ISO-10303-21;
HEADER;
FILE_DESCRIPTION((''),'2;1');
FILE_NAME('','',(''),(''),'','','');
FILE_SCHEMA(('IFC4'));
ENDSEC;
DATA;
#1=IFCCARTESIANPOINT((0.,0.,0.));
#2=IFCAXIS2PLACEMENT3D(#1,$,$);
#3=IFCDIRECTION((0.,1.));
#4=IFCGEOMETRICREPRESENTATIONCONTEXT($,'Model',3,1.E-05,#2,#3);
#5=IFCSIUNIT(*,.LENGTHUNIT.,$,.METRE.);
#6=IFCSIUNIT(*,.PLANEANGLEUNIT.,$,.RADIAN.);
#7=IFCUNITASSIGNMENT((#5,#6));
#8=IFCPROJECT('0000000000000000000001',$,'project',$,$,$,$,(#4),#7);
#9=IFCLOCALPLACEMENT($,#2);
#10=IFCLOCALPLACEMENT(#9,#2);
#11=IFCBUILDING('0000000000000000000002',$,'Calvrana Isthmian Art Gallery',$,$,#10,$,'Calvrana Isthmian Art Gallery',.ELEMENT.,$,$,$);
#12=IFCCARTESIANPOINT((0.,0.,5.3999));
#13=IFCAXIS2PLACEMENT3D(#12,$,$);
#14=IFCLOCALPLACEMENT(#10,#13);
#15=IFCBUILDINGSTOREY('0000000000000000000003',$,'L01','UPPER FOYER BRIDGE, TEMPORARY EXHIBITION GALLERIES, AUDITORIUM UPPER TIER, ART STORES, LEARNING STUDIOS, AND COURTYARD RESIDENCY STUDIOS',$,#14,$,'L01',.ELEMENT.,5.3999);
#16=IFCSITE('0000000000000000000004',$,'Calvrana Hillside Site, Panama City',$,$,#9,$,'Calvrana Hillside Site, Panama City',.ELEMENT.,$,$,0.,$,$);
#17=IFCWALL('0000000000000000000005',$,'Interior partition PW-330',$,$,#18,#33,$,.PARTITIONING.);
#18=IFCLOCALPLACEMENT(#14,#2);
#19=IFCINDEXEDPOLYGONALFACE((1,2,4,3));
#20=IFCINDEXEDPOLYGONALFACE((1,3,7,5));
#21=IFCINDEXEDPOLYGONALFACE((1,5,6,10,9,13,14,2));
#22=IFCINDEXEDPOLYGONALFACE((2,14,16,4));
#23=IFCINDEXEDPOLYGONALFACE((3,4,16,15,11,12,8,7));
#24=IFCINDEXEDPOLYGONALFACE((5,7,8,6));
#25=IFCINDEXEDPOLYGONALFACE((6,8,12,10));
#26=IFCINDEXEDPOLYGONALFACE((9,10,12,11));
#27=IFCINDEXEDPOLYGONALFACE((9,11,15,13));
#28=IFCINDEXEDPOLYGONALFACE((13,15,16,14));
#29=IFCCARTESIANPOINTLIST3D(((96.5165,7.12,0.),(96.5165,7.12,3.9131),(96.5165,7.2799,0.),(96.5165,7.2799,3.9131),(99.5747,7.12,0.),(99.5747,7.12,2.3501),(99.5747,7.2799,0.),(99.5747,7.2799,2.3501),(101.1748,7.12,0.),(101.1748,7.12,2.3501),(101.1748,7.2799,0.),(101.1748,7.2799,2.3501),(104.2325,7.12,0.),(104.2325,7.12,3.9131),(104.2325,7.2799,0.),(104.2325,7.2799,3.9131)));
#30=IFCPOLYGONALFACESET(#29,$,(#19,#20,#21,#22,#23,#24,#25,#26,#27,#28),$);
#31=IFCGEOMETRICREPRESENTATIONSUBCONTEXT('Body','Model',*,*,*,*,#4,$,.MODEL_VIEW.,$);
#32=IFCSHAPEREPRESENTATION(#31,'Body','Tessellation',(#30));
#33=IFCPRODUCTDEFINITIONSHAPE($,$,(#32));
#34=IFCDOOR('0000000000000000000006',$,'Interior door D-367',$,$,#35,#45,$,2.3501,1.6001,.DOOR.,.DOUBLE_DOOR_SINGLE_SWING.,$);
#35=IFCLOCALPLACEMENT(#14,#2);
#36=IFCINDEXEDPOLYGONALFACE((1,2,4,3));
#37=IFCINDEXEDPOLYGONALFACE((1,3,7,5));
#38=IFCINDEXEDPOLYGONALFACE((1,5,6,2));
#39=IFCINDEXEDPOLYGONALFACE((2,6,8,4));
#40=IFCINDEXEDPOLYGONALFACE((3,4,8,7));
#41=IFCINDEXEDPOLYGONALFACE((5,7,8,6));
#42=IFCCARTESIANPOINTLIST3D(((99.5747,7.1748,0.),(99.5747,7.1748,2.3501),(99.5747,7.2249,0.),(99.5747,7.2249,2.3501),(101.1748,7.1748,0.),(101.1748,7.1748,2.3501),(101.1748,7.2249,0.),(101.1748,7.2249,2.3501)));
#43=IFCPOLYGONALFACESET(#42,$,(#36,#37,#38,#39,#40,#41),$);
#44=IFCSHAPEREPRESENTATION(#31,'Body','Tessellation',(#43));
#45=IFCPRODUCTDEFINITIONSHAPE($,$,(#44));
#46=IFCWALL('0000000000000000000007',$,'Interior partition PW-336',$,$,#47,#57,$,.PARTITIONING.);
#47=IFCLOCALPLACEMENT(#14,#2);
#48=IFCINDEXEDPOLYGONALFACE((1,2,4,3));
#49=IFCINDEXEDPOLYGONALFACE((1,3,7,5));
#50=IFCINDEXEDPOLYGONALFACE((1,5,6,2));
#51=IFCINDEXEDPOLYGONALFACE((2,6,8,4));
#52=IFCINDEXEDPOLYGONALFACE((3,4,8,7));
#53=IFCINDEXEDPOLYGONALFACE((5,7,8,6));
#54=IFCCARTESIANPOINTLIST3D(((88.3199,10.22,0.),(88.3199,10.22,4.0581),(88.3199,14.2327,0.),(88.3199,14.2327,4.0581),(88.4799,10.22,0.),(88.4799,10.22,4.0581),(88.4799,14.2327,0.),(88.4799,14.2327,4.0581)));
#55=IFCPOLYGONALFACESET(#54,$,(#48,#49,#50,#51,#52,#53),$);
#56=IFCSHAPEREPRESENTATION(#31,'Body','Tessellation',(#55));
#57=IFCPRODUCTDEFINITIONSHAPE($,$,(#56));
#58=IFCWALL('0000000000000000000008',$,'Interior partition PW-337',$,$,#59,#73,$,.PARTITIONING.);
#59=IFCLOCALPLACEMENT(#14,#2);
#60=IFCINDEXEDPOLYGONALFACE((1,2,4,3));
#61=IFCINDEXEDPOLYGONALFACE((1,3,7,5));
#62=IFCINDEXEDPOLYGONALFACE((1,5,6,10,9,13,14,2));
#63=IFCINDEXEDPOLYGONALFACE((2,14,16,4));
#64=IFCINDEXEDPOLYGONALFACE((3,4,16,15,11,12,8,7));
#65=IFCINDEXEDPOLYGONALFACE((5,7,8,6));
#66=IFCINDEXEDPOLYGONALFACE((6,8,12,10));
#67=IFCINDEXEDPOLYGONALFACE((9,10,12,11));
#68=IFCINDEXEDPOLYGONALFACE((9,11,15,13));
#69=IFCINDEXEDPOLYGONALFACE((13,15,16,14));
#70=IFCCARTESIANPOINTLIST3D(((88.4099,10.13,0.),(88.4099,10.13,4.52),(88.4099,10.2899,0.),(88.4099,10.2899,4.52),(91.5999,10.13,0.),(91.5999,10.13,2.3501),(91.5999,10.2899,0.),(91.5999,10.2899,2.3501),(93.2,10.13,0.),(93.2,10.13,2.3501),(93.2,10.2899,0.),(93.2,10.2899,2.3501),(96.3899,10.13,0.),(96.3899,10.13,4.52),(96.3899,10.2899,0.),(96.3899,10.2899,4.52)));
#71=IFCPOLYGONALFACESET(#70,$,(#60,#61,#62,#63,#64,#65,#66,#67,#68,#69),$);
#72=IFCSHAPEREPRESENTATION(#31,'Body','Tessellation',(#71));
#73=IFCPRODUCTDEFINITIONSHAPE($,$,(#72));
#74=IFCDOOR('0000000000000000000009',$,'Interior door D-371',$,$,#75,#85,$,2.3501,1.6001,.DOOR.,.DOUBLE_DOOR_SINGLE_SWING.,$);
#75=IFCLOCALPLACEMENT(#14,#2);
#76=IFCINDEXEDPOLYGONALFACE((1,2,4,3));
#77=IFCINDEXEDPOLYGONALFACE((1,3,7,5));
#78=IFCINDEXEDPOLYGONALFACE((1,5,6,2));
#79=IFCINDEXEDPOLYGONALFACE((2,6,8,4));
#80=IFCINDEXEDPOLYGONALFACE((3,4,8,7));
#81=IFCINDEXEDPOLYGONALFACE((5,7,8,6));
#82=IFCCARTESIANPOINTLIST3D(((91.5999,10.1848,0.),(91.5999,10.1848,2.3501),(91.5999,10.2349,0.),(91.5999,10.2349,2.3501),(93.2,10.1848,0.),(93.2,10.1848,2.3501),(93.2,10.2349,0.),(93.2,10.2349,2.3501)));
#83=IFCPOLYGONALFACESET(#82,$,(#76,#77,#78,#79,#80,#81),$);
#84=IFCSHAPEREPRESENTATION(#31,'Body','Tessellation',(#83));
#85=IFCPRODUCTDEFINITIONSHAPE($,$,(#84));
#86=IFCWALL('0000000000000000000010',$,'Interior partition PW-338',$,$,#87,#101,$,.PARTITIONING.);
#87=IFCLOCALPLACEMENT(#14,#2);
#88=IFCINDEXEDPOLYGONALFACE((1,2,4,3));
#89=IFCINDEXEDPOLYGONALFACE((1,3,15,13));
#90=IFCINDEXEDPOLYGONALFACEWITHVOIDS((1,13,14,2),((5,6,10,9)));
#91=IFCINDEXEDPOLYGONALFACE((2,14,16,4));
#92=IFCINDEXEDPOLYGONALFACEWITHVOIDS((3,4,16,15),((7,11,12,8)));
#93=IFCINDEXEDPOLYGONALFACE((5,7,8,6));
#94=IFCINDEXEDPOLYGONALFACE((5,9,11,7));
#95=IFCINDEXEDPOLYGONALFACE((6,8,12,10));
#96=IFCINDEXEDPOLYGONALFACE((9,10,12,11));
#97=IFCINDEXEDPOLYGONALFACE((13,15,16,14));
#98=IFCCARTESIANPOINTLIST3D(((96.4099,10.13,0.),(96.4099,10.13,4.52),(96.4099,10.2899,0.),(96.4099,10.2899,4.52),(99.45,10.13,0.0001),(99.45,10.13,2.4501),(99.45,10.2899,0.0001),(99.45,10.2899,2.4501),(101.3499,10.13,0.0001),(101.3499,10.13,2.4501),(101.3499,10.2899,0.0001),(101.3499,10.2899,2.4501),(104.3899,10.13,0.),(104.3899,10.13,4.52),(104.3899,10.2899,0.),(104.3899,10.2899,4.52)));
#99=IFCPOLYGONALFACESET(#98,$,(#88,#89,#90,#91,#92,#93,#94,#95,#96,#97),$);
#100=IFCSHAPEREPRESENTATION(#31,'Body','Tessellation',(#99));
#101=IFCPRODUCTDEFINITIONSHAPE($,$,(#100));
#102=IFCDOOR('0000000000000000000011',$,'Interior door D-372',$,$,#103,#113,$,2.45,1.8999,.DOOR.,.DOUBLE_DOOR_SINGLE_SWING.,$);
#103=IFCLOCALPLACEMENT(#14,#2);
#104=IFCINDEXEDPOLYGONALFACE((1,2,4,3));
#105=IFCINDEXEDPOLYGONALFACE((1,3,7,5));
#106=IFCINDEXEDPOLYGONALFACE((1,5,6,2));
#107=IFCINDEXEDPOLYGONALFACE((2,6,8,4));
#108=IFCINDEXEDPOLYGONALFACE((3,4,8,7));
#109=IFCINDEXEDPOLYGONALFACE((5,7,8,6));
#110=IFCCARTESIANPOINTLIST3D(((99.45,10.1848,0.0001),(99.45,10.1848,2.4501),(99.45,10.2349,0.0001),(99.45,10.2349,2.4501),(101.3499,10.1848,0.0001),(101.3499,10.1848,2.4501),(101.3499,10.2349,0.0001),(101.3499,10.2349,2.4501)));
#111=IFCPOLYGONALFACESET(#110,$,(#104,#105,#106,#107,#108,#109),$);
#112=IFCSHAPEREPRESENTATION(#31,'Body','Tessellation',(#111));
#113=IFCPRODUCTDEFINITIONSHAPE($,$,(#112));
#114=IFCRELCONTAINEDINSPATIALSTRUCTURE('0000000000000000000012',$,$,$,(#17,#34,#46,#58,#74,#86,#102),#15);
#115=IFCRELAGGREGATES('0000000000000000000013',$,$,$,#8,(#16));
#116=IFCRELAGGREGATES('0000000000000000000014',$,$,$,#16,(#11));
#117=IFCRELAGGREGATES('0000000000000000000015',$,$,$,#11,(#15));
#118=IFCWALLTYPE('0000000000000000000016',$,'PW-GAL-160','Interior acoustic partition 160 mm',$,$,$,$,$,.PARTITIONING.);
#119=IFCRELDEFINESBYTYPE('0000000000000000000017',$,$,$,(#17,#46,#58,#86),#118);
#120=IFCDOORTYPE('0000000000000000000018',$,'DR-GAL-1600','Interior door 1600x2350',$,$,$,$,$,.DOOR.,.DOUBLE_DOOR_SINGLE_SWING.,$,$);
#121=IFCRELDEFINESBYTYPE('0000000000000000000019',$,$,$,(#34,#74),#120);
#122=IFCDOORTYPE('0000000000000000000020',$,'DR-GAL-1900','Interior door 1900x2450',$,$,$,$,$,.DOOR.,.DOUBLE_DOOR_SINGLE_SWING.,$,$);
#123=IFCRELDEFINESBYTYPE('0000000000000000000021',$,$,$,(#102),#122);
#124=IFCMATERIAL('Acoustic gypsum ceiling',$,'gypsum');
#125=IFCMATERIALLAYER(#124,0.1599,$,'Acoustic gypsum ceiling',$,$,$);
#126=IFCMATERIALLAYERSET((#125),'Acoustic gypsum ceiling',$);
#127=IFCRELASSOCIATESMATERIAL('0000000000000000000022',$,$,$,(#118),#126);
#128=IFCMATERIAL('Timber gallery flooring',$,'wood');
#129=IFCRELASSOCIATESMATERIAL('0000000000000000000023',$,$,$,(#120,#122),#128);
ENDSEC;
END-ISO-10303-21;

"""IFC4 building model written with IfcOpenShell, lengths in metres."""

from ifc_helpers import new_model, si_unit, direction, frame, frame_2d, origin, place, context, subcontext, project, spatial, rectangle, extrude, material, layer, layer_set, type_object, element, fill, save


model = new_model("IFC4")

# Units and contexts
model_context = context("Model", 3, precision=1e-05, world=origin(), true_north=direction((0.0, 1.0)))
body_context = subcontext(model_context, "Body", "Model", "MODEL_VIEW")
ifc_project = project(units=[si_unit("LENGTHUNIT", "METRE"), si_unit("PLANEANGLEUNIT", "RADIAN")], contexts=[model_context])

# Site, building, storey
site_placement = place(None, origin())
site = spatial("IfcSite", under=ifc_project, at=site_placement, Name="Calvrana Hillside Site, Panama City", LongName="Calvrana Hillside Site, Panama City", CompositionType="ELEMENT", RefElevation=0.0)
building_placement = place(site_placement, origin())
building = spatial("IfcBuilding", under=site, at=building_placement, Name="Calvrana Isthmian Art Gallery", LongName="Calvrana Isthmian Art Gallery", CompositionType="ELEMENT")
storey_placement = place(building_placement, frame((0.0, 0.0, 5.3999)))
storey = spatial("IfcBuildingStorey", under=building, at=storey_placement, Name="L01", Description="UPPER FOYER BRIDGE, TEMPORARY EXHIBITION GALLERIES, AUDITORIUM UPPER TIER, ART STORES, LEARNING STUDIOS, AND COURTYARD RESIDENCY STUDIOS", LongName="L01", CompositionType="ELEMENT", Elevation=5.3999)

# Wall, opening, door
ifc_material_1 = material(Name="Acoustic gypsum ceiling", Category="gypsum")
ifc_layer_1 = layer(ifc_material_1, 0.1599, Name="Acoustic gypsum ceiling")
ifc_layer_set_1 = layer_set([ifc_layer_1], Name="Acoustic gypsum ceiling")
wall_type_1 = type_object("IfcWallType", Name="PW-GAL-160", Description="Interior acoustic partition 160 mm", PredefinedType="PARTITIONING", material=ifc_layer_set_1)
wall_1_placement = place(storey_placement, frame((96.5166, 7.2, 0.0), z_axis=(0.0, 0.0, 1.0), x_axis=(1.0, 0.0, 0.0)))
wall_1 = element("IfcWall", 1, at=wall_1_placement, inside=storey, type_object=wall_type_1, Name="Interior partition PW-330", PredefinedType="PARTITIONING", context=body_context, shape_type="SweptSolid", body=[
    extrude(rectangle(XDim=7.7161, YDim=0.1599, at=frame_2d((3.8579, 0.0))), origin(), (0.0, 0.0, 1.0), 3.9131),
])
opening_1_placement = place(wall_1_placement, frame((3.0581, 0.0, 0.0)))
opening_1 = element("IfcOpeningElement", 2, at=opening_1_placement, cuts=wall_1, PredefinedType="OPENING", context=body_context, shape_type="SweptSolid", body=[
    extrude(rectangle(XDim=1.6001, YDim=2.3501, at=frame_2d((0.8, 1.175))), frame((0.0, 0.0903, 0.0), z_axis=(0.0, -1.0, 0.0), x_axis=(1.0, 0.0, 0.0)), (0.0, 0.0, 1.0), 0.1804),
])
ifc_material_2 = material(Name="Timber gallery flooring", Category="wood")
door_type_1 = type_object("IfcDoorType", Name="DR-GAL-1600", Description="Interior door 1600x2350", OperationType="DOUBLE_DOOR_SINGLE_SWING", PredefinedType="DOOR", material=ifc_material_2)
door_1_placement = place(opening_1_placement, origin())
door_1 = element("IfcDoor", 3, at=door_1_placement, inside=storey, type_object=door_type_1, Name="Interior door D-367", OperationType="DOUBLE_DOOR_SINGLE_SWING", OverallHeight=2.3501, OverallWidth=1.6001, PredefinedType="DOOR", context=body_context, shape_type="SweptSolid", body=[
    extrude(rectangle(XDim=1.6001, YDim=2.3501, at=frame_2d((0.8, 1.175))), frame((0.0, 0.0249, 0.0), z_axis=(0.0, -1.0, 0.0), x_axis=(1.0, 0.0, 0.0)), (0.0, 0.0, 1.0), 0.05),
])
fill(opening_1, door_1)

# Wall
wall_2_placement = place(storey_placement, frame((88.3999, 10.22, 0.0), z_axis=(0.0, 0.0, 1.0), x_axis=(0.0, 1.0, 0.0)))
element("IfcWall", 4, at=wall_2_placement, inside=storey, type_object=wall_type_1, Name="Interior partition PW-336", PredefinedType="PARTITIONING", context=body_context, shape_type="SweptSolid", body=[
    extrude(rectangle(XDim=4.0127, YDim=0.1599, at=frame_2d((2.0063, 0.0))), origin(), (0.0, 0.0, 1.0), 4.0581),
])

# Walls, openings, doors
wall_3_placement = place(storey_placement, frame((88.4099, 10.21, 0.0), z_axis=(0.0, 0.0, 1.0), x_axis=(1.0, 0.0, 0.0)))
wall_3 = element("IfcWall", 5, at=wall_3_placement, inside=storey, type_object=wall_type_1, Name="Interior partition PW-337", PredefinedType="PARTITIONING", context=body_context, shape_type="SweptSolid", body=[
    extrude(rectangle(XDim=7.98, YDim=0.1599, at=frame_2d((3.99, 0.0))), origin(), (0.0, 0.0, 1.0), 4.52),
])
opening_2_placement = place(wall_3_placement, frame((3.1899, 0.0, 0.0)))
opening_2 = element("IfcOpeningElement", 6, at=opening_2_placement, cuts=wall_3, PredefinedType="OPENING", context=body_context, shape_type="SweptSolid", body=[
    extrude(rectangle(XDim=1.6001, YDim=2.3501, at=frame_2d((0.8, 1.175))), frame((0.0, 0.0903, 0.0), z_axis=(0.0, -1.0, 0.0), x_axis=(1.0, 0.0, 0.0)), (0.0, 0.0, 1.0), 0.1804),
])
door_2_placement = place(opening_2_placement, origin())
door_2 = element("IfcDoor", 7, at=door_2_placement, inside=storey, type_object=door_type_1, Name="Interior door D-371", OperationType="DOUBLE_DOOR_SINGLE_SWING", OverallHeight=2.3501, OverallWidth=1.6001, PredefinedType="DOOR", context=body_context, shape_type="SweptSolid", body=[
    extrude(rectangle(XDim=1.6001, YDim=2.3501, at=frame_2d((0.8, 1.175))), frame((0.0, 0.0249, 0.0), z_axis=(0.0, -1.0, 0.0), x_axis=(1.0, 0.0, 0.0)), (0.0, 0.0, 1.0), 0.05),
])
fill(opening_2, door_2)
wall_4_placement = place(storey_placement, frame((96.4099, 10.21, 0.0), z_axis=(0.0, 0.0, 1.0), x_axis=(1.0, 0.0, 0.0)))
wall_4 = element("IfcWall", 8, at=wall_4_placement, inside=storey, type_object=wall_type_1, Name="Interior partition PW-338", PredefinedType="PARTITIONING", context=body_context, shape_type="SweptSolid", body=[
    extrude(rectangle(XDim=7.98, YDim=0.1599, at=frame_2d((3.99, 0.0))), origin(), (0.0, 0.0, 1.0), 4.52),
])
opening_3_placement = place(wall_4_placement, frame((3.04, 0.0, 0.0)))
opening_3 = element("IfcOpeningElement", 9, at=opening_3_placement, cuts=wall_4, PredefinedType="OPENING", context=body_context, shape_type="SweptSolid", body=[
    extrude(rectangle(XDim=1.8999, YDim=2.45, at=frame_2d((0.95, 1.2251))), frame((0.0, 0.0903, 0.0), z_axis=(0.0, -1.0, 0.0), x_axis=(1.0, 0.0, 0.0)), (0.0, 0.0, 1.0), 0.1804),
])
door_type_2 = type_object("IfcDoorType", Name="DR-GAL-1900", Description="Interior door 1900x2450", OperationType="DOUBLE_DOOR_SINGLE_SWING", PredefinedType="DOOR", material=ifc_material_2)
door_3_placement = place(opening_3_placement, origin())
door_3 = element("IfcDoor", 10, at=door_3_placement, inside=storey, type_object=door_type_2, Name="Interior door D-372", OperationType="DOUBLE_DOOR_SINGLE_SWING", OverallHeight=2.45, OverallWidth=1.8999, PredefinedType="DOOR", context=body_context, shape_type="SweptSolid", body=[
    extrude(rectangle(XDim=1.8999, YDim=2.45, at=frame_2d((0.95, 1.2251))), frame((0.0, 0.0249, 0.0), z_axis=(0.0, -1.0, 0.0), x_axis=(1.0, 0.0, 0.0)), (0.0, 0.0, 1.0), 0.05),
])
fill(opening_3, door_3)

save(model, "model.ifc")
